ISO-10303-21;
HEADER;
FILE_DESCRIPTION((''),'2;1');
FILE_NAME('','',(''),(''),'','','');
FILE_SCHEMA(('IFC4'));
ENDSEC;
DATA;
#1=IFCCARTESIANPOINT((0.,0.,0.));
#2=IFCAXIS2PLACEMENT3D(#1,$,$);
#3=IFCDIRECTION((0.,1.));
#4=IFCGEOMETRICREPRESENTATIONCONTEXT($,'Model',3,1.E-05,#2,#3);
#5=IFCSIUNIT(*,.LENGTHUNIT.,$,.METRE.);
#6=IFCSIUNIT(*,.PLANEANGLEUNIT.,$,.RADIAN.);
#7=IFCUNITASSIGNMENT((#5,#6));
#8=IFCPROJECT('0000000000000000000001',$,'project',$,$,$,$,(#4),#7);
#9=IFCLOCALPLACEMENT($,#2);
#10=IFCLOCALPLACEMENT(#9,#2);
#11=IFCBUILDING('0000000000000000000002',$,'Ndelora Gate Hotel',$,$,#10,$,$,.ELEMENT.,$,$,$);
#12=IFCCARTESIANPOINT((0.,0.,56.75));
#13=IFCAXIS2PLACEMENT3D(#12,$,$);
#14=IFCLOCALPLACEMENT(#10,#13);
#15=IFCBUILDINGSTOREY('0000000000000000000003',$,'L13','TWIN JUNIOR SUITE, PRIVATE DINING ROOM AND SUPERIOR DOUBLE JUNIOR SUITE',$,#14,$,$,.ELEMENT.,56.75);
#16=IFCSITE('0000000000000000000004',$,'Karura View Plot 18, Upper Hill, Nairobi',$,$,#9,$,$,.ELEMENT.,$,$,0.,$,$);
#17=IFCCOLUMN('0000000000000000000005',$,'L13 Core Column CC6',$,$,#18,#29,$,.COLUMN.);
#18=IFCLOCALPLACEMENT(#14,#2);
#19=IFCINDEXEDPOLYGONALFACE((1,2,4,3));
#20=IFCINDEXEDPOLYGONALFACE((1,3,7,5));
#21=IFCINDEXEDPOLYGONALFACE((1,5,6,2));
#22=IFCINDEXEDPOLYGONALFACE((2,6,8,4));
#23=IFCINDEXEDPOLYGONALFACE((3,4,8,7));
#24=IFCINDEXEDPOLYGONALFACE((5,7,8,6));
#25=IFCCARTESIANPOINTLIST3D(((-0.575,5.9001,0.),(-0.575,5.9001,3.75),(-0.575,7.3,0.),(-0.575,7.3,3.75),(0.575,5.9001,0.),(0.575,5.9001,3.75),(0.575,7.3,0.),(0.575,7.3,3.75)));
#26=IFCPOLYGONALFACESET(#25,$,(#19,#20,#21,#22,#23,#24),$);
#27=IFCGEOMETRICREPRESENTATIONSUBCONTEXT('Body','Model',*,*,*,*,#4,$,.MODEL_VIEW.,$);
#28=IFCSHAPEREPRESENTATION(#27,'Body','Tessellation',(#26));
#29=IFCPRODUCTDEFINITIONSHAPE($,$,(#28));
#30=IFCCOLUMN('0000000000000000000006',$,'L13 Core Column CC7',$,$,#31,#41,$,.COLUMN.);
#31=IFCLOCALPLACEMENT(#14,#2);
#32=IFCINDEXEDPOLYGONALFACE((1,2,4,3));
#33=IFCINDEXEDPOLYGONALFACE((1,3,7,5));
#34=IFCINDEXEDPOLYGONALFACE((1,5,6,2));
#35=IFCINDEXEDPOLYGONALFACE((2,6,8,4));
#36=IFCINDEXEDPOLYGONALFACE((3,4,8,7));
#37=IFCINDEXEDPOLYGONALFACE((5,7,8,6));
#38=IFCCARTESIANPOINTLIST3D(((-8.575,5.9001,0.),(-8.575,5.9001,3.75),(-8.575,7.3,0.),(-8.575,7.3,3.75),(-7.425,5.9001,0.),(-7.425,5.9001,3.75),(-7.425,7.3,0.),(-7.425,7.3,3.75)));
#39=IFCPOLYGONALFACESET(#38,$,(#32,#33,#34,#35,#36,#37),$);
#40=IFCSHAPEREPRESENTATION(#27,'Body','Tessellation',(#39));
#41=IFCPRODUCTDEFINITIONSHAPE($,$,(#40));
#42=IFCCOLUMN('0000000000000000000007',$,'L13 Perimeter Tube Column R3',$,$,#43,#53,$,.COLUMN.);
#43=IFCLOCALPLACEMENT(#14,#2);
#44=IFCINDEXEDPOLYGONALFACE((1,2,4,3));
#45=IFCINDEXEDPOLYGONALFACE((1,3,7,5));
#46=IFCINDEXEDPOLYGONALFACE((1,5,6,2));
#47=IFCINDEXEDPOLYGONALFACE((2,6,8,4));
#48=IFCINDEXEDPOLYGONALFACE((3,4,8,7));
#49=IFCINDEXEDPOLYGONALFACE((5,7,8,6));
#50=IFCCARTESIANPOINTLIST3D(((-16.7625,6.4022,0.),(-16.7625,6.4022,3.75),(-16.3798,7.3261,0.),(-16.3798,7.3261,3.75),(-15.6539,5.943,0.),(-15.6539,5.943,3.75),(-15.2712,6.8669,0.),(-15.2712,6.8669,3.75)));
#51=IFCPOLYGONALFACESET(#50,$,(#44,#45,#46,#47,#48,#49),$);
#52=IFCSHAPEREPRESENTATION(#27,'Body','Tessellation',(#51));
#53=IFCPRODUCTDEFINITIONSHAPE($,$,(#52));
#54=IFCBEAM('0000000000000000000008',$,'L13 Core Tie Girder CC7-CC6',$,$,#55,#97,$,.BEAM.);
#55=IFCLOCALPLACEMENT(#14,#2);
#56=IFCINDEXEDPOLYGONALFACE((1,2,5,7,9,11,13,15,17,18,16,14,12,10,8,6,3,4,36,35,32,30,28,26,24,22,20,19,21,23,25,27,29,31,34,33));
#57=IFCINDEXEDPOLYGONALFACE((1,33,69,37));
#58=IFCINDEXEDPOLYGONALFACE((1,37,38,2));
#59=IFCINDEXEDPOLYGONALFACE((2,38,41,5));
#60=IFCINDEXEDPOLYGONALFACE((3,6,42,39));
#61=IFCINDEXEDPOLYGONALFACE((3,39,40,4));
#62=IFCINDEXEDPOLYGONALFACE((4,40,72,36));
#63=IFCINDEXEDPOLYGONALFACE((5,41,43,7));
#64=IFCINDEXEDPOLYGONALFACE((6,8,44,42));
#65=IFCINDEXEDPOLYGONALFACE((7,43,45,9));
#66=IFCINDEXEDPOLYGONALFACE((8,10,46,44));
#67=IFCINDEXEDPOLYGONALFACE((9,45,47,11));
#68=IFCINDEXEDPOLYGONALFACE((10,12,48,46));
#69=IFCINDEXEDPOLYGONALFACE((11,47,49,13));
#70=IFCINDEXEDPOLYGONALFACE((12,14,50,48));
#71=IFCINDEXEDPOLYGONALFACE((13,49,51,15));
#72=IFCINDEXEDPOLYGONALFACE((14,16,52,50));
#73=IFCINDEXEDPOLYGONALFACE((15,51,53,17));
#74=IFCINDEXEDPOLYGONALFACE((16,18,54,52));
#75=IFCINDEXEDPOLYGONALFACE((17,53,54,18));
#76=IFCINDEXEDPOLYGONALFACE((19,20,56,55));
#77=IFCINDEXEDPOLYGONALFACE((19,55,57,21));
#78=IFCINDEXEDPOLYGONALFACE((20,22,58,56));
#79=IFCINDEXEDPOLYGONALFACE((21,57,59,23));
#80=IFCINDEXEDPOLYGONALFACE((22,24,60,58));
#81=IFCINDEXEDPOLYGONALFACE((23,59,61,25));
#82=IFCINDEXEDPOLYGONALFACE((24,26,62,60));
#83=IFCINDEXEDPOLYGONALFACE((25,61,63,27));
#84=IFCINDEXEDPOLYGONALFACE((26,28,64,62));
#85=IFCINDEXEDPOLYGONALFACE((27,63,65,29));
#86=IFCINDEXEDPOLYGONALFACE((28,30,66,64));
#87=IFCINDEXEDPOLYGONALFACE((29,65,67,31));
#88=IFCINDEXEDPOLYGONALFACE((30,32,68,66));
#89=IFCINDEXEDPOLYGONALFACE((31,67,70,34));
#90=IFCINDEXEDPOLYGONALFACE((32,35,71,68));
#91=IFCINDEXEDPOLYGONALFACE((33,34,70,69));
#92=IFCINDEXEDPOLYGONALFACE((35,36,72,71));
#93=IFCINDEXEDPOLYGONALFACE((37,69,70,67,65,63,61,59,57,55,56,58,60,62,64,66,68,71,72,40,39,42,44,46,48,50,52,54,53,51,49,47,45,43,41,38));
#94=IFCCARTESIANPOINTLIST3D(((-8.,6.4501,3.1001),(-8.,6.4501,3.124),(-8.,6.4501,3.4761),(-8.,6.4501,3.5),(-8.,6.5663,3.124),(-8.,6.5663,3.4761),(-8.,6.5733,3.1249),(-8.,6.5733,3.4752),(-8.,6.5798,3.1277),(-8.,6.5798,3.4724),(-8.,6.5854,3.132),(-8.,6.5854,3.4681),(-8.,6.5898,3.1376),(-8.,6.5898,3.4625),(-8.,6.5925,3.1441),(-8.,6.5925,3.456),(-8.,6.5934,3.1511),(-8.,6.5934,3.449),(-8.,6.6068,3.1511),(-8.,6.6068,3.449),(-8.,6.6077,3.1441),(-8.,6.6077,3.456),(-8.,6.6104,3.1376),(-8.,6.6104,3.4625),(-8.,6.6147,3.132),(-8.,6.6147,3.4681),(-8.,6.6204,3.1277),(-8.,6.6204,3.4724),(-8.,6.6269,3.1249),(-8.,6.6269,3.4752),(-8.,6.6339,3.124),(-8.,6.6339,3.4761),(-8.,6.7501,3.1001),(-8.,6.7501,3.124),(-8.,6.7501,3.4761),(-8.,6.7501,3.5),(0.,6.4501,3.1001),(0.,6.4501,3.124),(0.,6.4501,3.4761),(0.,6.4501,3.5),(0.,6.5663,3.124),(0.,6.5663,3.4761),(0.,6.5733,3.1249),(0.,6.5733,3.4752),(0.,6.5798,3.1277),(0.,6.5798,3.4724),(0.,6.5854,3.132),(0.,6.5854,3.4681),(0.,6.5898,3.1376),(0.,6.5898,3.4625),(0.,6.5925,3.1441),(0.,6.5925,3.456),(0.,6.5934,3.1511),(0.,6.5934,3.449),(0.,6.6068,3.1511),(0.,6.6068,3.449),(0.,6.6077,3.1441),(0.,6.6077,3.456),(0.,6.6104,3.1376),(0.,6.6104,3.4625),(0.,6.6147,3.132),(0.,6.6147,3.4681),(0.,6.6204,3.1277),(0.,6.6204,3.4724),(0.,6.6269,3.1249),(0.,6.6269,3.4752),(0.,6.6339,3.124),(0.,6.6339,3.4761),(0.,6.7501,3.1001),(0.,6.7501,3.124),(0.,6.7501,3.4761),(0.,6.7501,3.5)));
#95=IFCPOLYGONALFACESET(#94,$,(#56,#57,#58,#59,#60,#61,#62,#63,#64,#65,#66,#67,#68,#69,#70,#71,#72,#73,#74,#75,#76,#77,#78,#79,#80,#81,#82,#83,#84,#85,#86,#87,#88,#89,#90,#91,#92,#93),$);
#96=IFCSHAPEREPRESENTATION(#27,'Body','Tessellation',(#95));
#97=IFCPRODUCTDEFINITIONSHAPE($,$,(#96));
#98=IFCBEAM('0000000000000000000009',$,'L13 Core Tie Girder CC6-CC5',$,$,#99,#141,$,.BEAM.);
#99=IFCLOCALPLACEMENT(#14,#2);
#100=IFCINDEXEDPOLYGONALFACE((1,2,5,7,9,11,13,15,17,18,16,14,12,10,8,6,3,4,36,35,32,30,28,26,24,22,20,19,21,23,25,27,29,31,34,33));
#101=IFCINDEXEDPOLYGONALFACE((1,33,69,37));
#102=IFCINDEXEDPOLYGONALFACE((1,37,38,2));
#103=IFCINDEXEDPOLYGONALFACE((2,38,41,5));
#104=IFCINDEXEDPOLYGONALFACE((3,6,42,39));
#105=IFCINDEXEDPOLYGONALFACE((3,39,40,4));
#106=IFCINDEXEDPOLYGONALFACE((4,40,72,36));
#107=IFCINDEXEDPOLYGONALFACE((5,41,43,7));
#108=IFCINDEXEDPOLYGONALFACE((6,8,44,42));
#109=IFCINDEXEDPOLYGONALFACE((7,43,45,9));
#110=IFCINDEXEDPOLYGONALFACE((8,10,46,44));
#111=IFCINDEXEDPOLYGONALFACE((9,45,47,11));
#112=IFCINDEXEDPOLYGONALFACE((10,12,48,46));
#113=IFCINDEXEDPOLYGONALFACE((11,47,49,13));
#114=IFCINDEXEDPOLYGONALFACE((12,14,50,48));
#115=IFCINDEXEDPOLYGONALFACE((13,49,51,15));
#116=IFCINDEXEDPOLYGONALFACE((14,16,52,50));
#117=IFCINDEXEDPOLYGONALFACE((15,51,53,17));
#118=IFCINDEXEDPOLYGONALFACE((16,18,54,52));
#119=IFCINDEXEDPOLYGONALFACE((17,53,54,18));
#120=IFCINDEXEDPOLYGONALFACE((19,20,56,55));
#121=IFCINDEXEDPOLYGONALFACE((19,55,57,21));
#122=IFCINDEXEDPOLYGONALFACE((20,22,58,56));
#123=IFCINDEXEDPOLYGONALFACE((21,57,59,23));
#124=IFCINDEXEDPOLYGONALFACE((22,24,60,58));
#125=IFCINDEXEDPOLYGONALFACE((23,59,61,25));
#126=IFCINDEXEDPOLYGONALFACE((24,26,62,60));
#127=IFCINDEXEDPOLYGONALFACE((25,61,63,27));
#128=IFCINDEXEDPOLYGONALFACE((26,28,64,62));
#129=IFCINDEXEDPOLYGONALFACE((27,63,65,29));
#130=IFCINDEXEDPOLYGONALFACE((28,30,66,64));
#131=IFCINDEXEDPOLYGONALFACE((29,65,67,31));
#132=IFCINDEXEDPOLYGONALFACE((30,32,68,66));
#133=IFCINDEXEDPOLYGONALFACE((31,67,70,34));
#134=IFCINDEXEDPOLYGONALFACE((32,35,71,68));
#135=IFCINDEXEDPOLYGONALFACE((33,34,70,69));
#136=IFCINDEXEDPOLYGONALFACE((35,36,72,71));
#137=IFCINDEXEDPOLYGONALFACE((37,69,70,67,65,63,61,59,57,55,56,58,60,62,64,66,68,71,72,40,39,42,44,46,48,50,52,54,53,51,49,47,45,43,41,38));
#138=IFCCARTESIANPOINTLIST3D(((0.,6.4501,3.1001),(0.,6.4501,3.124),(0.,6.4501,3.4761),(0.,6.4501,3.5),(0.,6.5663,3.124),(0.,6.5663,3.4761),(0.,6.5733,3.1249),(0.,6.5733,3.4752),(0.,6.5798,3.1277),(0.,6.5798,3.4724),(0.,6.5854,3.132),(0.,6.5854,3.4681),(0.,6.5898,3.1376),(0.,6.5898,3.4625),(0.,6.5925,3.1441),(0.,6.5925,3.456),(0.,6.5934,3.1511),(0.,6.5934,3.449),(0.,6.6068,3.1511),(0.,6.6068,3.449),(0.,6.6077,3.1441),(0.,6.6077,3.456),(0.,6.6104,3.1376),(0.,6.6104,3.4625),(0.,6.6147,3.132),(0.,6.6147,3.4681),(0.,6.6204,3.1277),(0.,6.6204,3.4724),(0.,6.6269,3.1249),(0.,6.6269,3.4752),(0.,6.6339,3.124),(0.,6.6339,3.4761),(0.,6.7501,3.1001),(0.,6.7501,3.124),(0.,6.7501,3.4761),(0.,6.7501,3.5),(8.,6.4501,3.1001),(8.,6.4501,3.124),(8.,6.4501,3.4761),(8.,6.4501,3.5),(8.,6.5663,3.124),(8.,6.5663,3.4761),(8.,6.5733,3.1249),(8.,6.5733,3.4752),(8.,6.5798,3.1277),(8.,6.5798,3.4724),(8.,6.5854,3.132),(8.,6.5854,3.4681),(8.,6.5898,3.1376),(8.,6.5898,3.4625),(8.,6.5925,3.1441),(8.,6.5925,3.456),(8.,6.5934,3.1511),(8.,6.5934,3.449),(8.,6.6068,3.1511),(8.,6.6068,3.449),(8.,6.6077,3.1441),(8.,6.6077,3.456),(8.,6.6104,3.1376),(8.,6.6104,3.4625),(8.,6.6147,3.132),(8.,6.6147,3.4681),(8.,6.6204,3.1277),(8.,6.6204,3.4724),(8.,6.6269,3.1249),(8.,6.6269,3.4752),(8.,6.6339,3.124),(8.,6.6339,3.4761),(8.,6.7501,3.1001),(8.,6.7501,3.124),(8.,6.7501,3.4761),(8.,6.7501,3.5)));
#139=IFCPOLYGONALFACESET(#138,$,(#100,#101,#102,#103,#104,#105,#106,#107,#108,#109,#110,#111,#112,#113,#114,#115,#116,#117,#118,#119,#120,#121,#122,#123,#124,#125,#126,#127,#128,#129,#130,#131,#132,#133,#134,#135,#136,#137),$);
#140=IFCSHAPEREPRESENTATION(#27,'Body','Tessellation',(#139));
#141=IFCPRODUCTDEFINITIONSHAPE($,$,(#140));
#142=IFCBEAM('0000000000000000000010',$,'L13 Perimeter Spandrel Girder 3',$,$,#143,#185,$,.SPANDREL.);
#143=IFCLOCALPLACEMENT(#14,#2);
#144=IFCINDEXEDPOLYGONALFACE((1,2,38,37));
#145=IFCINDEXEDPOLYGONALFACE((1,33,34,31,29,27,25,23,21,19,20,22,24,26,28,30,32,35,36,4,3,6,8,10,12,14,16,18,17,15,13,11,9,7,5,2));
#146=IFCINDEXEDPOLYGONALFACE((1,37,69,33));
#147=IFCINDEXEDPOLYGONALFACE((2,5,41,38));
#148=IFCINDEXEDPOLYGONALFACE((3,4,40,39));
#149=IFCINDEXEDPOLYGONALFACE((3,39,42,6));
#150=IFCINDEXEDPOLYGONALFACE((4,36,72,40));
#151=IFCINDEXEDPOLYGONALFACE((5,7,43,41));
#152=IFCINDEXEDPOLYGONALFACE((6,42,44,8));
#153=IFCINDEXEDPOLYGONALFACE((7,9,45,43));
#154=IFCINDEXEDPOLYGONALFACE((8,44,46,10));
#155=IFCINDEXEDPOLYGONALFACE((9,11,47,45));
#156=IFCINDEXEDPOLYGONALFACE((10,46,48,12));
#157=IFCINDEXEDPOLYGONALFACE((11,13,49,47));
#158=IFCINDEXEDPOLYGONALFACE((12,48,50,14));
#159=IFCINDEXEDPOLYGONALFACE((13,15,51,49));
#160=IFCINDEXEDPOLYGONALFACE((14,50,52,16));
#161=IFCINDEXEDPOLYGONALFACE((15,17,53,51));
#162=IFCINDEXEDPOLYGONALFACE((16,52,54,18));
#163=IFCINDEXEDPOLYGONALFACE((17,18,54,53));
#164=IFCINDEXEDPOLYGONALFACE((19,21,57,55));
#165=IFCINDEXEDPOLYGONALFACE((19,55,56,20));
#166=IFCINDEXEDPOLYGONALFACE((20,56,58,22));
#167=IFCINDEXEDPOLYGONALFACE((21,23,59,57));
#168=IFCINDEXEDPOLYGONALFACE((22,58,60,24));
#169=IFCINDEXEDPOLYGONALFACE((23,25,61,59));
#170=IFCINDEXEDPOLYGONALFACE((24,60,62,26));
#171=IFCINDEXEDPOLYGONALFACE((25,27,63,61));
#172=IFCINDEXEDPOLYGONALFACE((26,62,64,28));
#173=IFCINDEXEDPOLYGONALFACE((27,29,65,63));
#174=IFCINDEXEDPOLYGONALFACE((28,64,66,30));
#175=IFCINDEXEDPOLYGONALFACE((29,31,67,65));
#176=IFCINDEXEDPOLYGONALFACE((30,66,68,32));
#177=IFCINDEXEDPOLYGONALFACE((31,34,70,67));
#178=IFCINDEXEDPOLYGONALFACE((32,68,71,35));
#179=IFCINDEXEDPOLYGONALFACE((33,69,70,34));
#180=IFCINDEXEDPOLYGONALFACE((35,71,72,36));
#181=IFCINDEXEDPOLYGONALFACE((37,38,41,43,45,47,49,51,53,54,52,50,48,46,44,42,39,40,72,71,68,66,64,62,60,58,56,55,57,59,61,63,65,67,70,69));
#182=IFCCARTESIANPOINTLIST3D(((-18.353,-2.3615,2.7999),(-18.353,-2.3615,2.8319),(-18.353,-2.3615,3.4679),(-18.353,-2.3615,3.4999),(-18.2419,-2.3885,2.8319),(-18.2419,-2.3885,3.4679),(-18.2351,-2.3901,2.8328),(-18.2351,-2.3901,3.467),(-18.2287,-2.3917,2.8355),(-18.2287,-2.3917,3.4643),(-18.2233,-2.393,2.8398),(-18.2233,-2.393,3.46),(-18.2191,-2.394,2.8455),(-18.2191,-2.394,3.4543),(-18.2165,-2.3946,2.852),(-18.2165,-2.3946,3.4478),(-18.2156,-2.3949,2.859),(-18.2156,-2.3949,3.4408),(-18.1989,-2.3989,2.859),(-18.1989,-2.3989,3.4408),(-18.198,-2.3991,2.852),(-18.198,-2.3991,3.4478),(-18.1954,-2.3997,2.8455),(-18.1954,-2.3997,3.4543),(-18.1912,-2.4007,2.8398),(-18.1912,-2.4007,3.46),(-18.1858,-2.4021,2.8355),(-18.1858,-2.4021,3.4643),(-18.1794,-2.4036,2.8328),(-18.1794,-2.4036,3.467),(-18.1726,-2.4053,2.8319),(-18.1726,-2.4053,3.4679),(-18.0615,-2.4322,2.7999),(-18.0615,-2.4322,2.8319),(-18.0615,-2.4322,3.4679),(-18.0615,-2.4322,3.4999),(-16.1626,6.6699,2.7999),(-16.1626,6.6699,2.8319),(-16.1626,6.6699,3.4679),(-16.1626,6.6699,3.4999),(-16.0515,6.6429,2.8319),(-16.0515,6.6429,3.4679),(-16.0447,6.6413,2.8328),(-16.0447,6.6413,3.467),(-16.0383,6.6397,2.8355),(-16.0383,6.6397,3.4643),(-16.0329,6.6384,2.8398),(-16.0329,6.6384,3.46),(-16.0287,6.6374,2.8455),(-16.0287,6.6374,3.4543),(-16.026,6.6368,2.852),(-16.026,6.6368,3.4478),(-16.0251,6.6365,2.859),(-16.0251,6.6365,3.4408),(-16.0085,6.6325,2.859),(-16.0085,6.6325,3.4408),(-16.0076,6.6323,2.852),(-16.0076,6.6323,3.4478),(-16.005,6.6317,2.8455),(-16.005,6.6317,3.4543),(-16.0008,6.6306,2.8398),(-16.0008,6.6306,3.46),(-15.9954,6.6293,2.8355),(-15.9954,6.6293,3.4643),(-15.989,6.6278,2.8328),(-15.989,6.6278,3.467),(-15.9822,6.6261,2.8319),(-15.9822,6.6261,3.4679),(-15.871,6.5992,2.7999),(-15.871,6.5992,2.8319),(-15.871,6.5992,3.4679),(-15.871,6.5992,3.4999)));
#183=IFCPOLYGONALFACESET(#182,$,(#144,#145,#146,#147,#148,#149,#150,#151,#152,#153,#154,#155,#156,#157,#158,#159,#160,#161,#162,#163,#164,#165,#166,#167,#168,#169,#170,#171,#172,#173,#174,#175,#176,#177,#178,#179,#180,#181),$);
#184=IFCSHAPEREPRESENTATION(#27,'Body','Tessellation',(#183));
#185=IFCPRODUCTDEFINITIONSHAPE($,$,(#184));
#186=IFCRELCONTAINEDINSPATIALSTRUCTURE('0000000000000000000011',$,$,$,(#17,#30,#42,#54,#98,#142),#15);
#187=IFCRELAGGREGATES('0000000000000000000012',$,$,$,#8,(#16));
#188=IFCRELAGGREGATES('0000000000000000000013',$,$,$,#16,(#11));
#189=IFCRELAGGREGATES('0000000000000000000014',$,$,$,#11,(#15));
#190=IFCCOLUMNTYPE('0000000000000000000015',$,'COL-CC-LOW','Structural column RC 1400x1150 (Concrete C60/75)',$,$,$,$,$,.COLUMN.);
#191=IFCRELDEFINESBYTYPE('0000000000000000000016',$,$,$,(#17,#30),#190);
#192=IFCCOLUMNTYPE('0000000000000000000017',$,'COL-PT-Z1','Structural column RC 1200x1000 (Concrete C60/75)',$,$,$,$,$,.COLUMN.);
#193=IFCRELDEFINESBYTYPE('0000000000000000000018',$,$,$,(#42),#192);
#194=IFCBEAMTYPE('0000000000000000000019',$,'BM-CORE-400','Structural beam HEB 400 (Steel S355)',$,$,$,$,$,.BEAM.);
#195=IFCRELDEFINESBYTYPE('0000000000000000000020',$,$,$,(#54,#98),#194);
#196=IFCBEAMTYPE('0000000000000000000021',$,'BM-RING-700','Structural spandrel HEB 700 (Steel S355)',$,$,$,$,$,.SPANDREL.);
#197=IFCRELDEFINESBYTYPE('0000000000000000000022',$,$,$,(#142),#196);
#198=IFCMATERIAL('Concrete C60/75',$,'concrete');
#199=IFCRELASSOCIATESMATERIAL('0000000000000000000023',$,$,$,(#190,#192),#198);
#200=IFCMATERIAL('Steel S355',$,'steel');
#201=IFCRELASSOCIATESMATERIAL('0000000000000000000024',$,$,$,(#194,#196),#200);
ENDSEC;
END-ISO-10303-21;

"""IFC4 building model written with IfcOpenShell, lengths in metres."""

from ifc_helpers import new_model, si_unit, direction, frame, origin, origin_2d, place, context, subcontext, project, spatial, rectangle, i_section, extrude, material, material_profile, profile_set, type_object, element, save


model = new_model("IFC4")

# Units and contexts
model_context = context("Model", 3, precision=1e-05, world=origin(), true_north=direction((0.0, 1.0)))
body_context = subcontext(model_context, "Body", "Model", "MODEL_VIEW")
ifc_project = project(units=[si_unit("LENGTHUNIT", "METRE"), si_unit("PLANEANGLEUNIT", "RADIAN")], contexts=[model_context])

# Site, building, storey
site_placement = place(None, origin())
site = spatial("IfcSite", under=ifc_project, at=site_placement, Name="Karura View Plot 18, Upper Hill, Nairobi", CompositionType="ELEMENT", RefElevation=0.0)
building_placement = place(site_placement, origin())
building = spatial("IfcBuilding", under=site, at=building_placement, Name="Ndelora Gate Hotel", CompositionType="ELEMENT")
storey_placement = place(building_placement, frame((0.0, 0.0, 56.75)))
storey = spatial("IfcBuildingStorey", under=building, at=storey_placement, Name="L13", Description="TWIN JUNIOR SUITE, PRIVATE DINING ROOM AND SUPERIOR DOUBLE JUNIOR SUITE", CompositionType="ELEMENT", Elevation=56.75)

# Columns
ifc_material_1 = material(Name="Concrete C60/75", Category="concrete")
ifc_material_profile_1 = material_profile(ifc_material_1, rectangle(XDim=1.1499, YDim=1.3999, at=origin_2d()), Name="RC 1400x1150")
ifc_profile_set_1 = profile_set([ifc_material_profile_1], Name="Concrete C60/75")
column_type_1 = type_object("IfcColumnType", Name="COL-CC-LOW", Description="Structural column RC 1400x1150 (Concrete C60/75)", PredefinedType="COLUMN", material=ifc_profile_set_1)
for number, where, z_axis, x_axis, name in (
    (1, (0.0, 6.6001, 0.0), (0.0, 0.0, 1.0), (1.0, 0.0, 0.0), "L13 Core Column CC6"),
    (2, (-8.0, 6.6001, 0.0), (0.0, 0.0, 1.0), (1.0, 0.0, 0.0), "L13 Core Column CC7"),
):
    element("IfcColumn", number, at=place(storey_placement, frame(where, z_axis=z_axis, x_axis=x_axis)), inside=storey, type_object=column_type_1, Name=name, PredefinedType="COLUMN", context=body_context, shape_type="SweptSolid", body=[
        extrude(rectangle(XDim=1.1499, YDim=1.3999, at=origin_2d()), origin(), (0.0, 0.0, 1.0), 3.75),
    ])
ifc_material_profile_2 = material_profile(ifc_material_1, rectangle(XDim=1.0, YDim=1.2, at=origin_2d()), Name="RC 1200x1000")
ifc_profile_set_2 = profile_set([ifc_material_profile_2], Name="Concrete C60/75")
column_type_2 = type_object("IfcColumnType", Name="COL-PT-Z1", Description="Structural column RC 1200x1000 (Concrete C60/75)", PredefinedType="COLUMN", material=ifc_profile_set_2)
column_placement = place(storey_placement, frame((-16.0168, 6.6345, 0.0), z_axis=(0.0, 0.0, 1.0), x_axis=(0.382683, 0.92388, 0.0)))
element("IfcColumn", 3, at=column_placement, inside=storey, type_object=column_type_2, Name="L13 Perimeter Tube Column R3", PredefinedType="COLUMN", context=body_context, shape_type="SweptSolid", body=[
    extrude(rectangle(XDim=1.0, YDim=1.2, at=origin_2d()), origin(), (0.0, 0.0, 1.0), 3.75),
])

# Beams
ifc_material_2 = material(Name="Steel S355", Category="steel")
ifc_material_profile_3 = material_profile(ifc_material_2, i_section(OverallWidth=0.3, OverallDepth=0.3999, WebThickness=0.0134, FlangeThickness=0.0239, FilletRadius=0.0271, at=origin_2d()), Name="HEB 400")
ifc_profile_set_3 = profile_set([ifc_material_profile_3], Name="Steel S355")
beam_type_1 = type_object("IfcBeamType", Name="BM-CORE-400", Description="Structural beam HEB 400 (Steel S355)", PredefinedType="BEAM", material=ifc_profile_set_3)
for number, where, z_axis, x_axis, name in (
    (4, (-8.0, 6.6001, 3.3), (1.0, 0.0, 0.0), (0.0, 1.0, 0.0), "L13 Core Tie Girder CC7-CC6"),
    (5, (0.0, 6.6001, 3.3), (1.0, 0.0, 0.0), (0.0, 1.0, 0.0), "L13 Core Tie Girder CC6-CC5"),
):
    element("IfcBeam", number, at=place(storey_placement, frame(where, z_axis=z_axis, x_axis=x_axis)), inside=storey, type_object=beam_type_1, Name=name, PredefinedType="BEAM", context=body_context, shape_type="SweptSolid", body=[
        extrude(i_section(OverallWidth=0.3, OverallDepth=0.3999, WebThickness=0.0134, FlangeThickness=0.0239, FilletRadius=0.0271, at=origin_2d()), origin(), (0.0, 0.0, 1.0), 8.0),
    ])
ifc_material_profile_4 = material_profile(ifc_material_2, i_section(OverallWidth=0.3, OverallDepth=0.7, WebThickness=0.0171, FlangeThickness=0.032, FilletRadius=0.0271, at=origin_2d()), Name="HEB 700")
ifc_profile_set_4 = profile_set([ifc_material_profile_4], Name="Steel S355")
beam_type_2 = type_object("IfcBeamType", Name="BM-RING-700", Description="Structural spandrel HEB 700 (Steel S355)", PredefinedType="SPANDREL", material=ifc_profile_set_4)
beam_placement = place(storey_placement, frame((-16.0168, 6.6345, 3.1499), z_axis=(-0.235699, -0.971826, 0.0), x_axis=(0.971826, -0.235699, 0.0)))
element("IfcBeam", 6, at=beam_placement, inside=storey, type_object=beam_type_2, Name="L13 Perimeter Spandrel Girder 3", PredefinedType="SPANDREL", context=body_context, shape_type="SweptSolid", body=[
    extrude(i_section(OverallWidth=0.3, OverallDepth=0.7, WebThickness=0.0171, FlangeThickness=0.032, FilletRadius=0.0271, at=origin_2d()), origin(), (0.0, 0.0, 1.0), 9.2932),
])

save(model, "model.ifc")
